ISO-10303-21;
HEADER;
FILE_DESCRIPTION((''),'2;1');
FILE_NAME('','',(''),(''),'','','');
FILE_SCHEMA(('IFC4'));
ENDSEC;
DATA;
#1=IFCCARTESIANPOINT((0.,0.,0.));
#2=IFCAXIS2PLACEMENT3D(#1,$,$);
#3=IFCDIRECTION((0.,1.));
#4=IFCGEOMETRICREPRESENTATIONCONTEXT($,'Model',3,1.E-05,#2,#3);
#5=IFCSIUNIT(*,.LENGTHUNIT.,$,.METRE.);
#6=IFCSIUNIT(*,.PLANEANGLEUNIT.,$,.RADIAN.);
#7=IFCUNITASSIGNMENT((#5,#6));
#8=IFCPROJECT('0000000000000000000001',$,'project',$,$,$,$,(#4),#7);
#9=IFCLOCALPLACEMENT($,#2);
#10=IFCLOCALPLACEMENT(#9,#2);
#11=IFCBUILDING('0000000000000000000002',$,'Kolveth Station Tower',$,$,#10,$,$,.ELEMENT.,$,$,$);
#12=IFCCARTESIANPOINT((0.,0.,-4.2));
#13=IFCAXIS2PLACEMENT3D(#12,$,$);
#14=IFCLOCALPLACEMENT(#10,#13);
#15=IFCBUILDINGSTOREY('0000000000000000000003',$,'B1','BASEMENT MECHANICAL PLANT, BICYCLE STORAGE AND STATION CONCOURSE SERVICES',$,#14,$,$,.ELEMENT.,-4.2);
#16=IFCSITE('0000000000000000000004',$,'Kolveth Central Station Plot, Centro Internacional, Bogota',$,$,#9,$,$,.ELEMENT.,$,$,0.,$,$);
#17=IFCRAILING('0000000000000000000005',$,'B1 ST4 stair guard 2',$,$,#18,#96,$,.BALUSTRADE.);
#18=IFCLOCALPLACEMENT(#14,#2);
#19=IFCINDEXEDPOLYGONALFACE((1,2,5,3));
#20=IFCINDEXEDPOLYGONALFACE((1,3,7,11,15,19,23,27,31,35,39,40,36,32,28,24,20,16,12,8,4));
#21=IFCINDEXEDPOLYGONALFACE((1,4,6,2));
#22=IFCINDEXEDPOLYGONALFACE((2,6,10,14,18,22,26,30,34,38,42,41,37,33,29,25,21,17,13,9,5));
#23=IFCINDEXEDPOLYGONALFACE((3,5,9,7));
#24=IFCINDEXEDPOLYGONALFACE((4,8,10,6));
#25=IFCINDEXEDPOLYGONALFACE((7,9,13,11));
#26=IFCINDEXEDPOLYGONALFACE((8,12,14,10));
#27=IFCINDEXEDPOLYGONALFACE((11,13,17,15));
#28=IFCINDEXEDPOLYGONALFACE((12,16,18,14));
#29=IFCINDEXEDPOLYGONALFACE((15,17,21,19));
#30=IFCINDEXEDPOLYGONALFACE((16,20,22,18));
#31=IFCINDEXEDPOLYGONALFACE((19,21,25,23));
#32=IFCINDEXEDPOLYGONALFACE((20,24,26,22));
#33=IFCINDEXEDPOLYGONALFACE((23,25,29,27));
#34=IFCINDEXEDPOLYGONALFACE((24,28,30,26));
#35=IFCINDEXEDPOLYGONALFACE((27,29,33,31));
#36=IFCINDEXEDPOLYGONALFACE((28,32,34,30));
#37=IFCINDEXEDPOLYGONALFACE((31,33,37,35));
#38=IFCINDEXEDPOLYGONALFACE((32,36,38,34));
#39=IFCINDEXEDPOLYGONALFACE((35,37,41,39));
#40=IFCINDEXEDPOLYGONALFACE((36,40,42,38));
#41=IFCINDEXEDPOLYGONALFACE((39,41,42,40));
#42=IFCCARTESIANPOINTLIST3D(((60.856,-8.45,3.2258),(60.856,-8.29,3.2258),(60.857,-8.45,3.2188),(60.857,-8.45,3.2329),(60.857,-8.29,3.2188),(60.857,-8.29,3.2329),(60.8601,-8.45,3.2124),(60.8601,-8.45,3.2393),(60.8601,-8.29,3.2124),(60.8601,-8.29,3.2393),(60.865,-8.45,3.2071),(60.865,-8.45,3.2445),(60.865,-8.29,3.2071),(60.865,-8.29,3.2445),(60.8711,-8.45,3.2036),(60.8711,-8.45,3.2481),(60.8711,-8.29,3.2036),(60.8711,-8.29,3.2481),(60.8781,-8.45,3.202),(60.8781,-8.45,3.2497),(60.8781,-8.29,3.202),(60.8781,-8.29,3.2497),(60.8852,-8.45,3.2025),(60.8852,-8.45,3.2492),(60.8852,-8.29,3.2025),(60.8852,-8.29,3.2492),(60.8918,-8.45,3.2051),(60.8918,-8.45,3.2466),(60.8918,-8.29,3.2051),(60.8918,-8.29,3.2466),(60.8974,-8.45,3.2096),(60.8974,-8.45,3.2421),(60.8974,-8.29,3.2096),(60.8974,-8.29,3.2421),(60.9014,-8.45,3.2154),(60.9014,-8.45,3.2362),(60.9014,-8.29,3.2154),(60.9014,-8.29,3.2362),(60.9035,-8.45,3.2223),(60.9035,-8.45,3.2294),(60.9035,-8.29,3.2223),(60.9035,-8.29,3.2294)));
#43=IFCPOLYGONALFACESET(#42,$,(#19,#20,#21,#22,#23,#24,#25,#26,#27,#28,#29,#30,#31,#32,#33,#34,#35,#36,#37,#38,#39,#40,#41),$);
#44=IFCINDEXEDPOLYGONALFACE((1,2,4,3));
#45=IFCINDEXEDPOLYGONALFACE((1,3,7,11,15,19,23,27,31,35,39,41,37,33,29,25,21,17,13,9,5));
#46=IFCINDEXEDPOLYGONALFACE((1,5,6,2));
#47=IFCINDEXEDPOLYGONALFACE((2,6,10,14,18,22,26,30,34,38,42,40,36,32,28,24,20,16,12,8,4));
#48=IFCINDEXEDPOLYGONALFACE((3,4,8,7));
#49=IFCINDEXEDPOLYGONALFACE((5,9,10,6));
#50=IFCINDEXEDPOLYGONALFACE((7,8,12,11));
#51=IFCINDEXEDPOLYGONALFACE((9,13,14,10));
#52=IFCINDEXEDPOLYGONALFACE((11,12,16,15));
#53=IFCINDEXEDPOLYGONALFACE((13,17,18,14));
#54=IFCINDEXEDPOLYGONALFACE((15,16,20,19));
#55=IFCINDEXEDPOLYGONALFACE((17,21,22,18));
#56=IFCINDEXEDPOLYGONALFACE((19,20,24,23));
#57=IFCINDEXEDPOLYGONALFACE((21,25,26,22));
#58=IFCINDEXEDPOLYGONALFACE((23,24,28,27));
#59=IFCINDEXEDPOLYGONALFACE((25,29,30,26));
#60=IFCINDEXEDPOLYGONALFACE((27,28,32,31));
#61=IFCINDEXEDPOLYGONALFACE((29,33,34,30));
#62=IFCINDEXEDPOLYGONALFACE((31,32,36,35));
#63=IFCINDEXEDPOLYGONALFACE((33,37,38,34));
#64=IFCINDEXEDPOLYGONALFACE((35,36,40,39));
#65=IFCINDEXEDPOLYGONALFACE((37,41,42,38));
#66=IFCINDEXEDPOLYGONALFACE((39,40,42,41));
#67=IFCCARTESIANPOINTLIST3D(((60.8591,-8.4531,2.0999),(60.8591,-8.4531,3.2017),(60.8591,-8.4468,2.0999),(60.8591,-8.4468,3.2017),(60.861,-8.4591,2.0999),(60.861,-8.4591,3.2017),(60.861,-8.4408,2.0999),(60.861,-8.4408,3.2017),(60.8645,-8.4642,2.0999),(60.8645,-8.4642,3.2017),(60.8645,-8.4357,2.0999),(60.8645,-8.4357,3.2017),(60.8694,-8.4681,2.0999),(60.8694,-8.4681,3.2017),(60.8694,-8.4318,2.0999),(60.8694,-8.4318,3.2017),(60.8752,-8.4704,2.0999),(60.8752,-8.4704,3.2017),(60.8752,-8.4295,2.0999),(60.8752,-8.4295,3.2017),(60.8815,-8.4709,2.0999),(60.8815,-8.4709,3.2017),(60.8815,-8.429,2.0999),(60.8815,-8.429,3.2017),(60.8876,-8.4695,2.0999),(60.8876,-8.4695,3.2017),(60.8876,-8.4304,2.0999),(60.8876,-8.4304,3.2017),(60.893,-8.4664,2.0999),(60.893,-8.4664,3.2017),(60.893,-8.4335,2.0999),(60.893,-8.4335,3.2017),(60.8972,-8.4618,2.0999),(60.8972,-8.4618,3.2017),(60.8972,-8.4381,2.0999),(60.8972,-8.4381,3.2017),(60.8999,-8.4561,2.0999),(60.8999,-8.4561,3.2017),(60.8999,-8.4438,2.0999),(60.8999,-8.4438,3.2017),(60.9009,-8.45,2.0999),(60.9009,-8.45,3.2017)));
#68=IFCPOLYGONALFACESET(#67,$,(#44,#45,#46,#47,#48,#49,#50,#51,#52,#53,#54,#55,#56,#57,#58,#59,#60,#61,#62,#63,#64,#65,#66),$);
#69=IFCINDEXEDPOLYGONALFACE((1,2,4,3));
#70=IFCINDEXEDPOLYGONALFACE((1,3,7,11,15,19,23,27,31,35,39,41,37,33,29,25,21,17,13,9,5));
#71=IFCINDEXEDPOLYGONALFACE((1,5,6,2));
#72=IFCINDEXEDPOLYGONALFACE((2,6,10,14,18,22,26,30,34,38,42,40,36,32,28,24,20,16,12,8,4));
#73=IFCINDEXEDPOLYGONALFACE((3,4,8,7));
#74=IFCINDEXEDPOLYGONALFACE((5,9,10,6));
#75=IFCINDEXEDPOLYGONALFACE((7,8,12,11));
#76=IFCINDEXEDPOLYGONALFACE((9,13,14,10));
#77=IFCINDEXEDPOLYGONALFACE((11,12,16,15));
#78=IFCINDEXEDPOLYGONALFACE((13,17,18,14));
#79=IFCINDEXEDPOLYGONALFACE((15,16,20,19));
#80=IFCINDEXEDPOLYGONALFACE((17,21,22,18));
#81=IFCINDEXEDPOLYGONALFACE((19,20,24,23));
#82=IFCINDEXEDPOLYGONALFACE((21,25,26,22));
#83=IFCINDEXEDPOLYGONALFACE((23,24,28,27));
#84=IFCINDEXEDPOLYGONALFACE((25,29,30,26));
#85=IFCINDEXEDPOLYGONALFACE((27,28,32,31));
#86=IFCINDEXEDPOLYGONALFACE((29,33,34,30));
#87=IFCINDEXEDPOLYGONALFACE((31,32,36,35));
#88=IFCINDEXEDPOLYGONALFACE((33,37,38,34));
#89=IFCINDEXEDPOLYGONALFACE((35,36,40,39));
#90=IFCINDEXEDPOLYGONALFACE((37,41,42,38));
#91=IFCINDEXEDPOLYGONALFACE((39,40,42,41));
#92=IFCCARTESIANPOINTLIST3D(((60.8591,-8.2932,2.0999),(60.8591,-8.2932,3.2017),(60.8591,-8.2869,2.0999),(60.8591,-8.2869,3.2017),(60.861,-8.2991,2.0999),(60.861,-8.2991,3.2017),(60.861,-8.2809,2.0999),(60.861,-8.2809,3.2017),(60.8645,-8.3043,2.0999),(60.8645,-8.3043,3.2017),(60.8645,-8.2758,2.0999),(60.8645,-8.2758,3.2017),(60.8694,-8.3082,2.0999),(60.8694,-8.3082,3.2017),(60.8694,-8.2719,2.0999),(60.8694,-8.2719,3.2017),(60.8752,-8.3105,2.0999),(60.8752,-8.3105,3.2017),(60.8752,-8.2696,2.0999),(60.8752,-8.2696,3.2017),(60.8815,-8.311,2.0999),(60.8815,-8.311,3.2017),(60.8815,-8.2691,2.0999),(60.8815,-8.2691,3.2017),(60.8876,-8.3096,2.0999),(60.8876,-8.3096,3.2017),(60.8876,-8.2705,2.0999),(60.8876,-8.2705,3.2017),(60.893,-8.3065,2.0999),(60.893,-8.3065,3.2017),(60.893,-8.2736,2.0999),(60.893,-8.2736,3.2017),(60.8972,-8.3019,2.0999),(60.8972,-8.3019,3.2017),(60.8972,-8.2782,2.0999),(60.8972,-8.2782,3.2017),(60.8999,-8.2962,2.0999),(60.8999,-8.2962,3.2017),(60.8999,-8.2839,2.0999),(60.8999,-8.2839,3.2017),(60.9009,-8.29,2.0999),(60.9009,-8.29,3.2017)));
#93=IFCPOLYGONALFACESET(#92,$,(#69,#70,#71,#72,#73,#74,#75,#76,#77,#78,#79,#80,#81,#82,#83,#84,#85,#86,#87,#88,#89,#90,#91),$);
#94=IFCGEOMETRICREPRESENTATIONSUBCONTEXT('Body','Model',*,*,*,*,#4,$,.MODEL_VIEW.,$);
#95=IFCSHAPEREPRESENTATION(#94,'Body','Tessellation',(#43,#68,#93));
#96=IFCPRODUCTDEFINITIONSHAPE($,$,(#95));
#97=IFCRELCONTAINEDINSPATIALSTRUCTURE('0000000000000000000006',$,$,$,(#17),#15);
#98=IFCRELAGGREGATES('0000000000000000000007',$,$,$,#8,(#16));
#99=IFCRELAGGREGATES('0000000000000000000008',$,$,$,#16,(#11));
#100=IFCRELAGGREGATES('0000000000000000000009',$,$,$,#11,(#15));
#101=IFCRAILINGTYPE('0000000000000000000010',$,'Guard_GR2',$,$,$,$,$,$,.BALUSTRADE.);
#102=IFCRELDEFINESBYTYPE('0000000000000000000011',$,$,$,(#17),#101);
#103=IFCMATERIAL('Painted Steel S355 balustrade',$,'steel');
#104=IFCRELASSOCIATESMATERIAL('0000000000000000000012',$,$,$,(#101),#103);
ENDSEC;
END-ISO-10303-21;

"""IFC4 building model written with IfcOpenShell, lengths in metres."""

from ifc_helpers import new_model, si_unit, direction, frame, origin, origin_2d, place, context, subcontext, project, spatial, circle, extrude, material, type_object, element, save


model = new_model("IFC4")

# Units and contexts
model_context = context("Model", 3, precision=1e-05, world=origin(), true_north=direction((0.0, 1.0)))
body_context = subcontext(model_context, "Body", "Model", "MODEL_VIEW")
ifc_project = project(units=[si_unit("LENGTHUNIT", "METRE"), si_unit("PLANEANGLEUNIT", "RADIAN")], contexts=[model_context])

# Site, building, storey
site_placement = place(None, origin())
site = spatial("IfcSite", under=ifc_project, at=site_placement, Name="Kolveth Central Station Plot, Centro Internacional, Bogota", CompositionType="ELEMENT", RefElevation=0.0)
building_placement = place(site_placement, origin())
building = spatial("IfcBuilding", under=site, at=building_placement, Name="Kolveth Station Tower", CompositionType="ELEMENT")
storey_placement = place(building_placement, frame((0.0, 0.0, -4.2)))
storey = spatial("IfcBuildingStorey", under=building, at=storey_placement, Name="B1", Description="BASEMENT MECHANICAL PLANT, BICYCLE STORAGE AND STATION CONCOURSE SERVICES", CompositionType="ELEMENT", Elevation=-4.2)

# Railing
ifc_material_1 = material(Name="Painted Steel S355 balustrade", Category="steel")
railing_type_1 = type_object("IfcRailingType", Name="Guard_GR2", PredefinedType="BALUSTRADE", material=ifc_material_1)
railing_1_placement = place(storey_placement, frame((60.8799, -8.45, 2.0999)))
element("IfcRailing", 1, at=railing_1_placement, inside=storey, type_object=railing_type_1, Name="B1 ST4 stair guard 2", PredefinedType="BALUSTRADE", context=body_context, shape_type="SweptSolid", body=[
    extrude(circle(Radius=0.0239, at=origin_2d()), frame((0.0, 0.0, 1.126), z_axis=(0.0, 1.0, 0.0), x_axis=(-1.0, 0.0, 0.0)), (0.0, 0.0, 1.0), 0.1599),
    extrude(circle(Radius=0.021, at=origin_2d()), origin(), (0.0, 0.0, 1.0), 1.1018),
    extrude(circle(Radius=0.021, at=origin_2d()), frame((0.0, 0.1599, 0.0)), (0.0, 0.0, 1.0), 1.1018),
])

save(model, "model.ifc")
